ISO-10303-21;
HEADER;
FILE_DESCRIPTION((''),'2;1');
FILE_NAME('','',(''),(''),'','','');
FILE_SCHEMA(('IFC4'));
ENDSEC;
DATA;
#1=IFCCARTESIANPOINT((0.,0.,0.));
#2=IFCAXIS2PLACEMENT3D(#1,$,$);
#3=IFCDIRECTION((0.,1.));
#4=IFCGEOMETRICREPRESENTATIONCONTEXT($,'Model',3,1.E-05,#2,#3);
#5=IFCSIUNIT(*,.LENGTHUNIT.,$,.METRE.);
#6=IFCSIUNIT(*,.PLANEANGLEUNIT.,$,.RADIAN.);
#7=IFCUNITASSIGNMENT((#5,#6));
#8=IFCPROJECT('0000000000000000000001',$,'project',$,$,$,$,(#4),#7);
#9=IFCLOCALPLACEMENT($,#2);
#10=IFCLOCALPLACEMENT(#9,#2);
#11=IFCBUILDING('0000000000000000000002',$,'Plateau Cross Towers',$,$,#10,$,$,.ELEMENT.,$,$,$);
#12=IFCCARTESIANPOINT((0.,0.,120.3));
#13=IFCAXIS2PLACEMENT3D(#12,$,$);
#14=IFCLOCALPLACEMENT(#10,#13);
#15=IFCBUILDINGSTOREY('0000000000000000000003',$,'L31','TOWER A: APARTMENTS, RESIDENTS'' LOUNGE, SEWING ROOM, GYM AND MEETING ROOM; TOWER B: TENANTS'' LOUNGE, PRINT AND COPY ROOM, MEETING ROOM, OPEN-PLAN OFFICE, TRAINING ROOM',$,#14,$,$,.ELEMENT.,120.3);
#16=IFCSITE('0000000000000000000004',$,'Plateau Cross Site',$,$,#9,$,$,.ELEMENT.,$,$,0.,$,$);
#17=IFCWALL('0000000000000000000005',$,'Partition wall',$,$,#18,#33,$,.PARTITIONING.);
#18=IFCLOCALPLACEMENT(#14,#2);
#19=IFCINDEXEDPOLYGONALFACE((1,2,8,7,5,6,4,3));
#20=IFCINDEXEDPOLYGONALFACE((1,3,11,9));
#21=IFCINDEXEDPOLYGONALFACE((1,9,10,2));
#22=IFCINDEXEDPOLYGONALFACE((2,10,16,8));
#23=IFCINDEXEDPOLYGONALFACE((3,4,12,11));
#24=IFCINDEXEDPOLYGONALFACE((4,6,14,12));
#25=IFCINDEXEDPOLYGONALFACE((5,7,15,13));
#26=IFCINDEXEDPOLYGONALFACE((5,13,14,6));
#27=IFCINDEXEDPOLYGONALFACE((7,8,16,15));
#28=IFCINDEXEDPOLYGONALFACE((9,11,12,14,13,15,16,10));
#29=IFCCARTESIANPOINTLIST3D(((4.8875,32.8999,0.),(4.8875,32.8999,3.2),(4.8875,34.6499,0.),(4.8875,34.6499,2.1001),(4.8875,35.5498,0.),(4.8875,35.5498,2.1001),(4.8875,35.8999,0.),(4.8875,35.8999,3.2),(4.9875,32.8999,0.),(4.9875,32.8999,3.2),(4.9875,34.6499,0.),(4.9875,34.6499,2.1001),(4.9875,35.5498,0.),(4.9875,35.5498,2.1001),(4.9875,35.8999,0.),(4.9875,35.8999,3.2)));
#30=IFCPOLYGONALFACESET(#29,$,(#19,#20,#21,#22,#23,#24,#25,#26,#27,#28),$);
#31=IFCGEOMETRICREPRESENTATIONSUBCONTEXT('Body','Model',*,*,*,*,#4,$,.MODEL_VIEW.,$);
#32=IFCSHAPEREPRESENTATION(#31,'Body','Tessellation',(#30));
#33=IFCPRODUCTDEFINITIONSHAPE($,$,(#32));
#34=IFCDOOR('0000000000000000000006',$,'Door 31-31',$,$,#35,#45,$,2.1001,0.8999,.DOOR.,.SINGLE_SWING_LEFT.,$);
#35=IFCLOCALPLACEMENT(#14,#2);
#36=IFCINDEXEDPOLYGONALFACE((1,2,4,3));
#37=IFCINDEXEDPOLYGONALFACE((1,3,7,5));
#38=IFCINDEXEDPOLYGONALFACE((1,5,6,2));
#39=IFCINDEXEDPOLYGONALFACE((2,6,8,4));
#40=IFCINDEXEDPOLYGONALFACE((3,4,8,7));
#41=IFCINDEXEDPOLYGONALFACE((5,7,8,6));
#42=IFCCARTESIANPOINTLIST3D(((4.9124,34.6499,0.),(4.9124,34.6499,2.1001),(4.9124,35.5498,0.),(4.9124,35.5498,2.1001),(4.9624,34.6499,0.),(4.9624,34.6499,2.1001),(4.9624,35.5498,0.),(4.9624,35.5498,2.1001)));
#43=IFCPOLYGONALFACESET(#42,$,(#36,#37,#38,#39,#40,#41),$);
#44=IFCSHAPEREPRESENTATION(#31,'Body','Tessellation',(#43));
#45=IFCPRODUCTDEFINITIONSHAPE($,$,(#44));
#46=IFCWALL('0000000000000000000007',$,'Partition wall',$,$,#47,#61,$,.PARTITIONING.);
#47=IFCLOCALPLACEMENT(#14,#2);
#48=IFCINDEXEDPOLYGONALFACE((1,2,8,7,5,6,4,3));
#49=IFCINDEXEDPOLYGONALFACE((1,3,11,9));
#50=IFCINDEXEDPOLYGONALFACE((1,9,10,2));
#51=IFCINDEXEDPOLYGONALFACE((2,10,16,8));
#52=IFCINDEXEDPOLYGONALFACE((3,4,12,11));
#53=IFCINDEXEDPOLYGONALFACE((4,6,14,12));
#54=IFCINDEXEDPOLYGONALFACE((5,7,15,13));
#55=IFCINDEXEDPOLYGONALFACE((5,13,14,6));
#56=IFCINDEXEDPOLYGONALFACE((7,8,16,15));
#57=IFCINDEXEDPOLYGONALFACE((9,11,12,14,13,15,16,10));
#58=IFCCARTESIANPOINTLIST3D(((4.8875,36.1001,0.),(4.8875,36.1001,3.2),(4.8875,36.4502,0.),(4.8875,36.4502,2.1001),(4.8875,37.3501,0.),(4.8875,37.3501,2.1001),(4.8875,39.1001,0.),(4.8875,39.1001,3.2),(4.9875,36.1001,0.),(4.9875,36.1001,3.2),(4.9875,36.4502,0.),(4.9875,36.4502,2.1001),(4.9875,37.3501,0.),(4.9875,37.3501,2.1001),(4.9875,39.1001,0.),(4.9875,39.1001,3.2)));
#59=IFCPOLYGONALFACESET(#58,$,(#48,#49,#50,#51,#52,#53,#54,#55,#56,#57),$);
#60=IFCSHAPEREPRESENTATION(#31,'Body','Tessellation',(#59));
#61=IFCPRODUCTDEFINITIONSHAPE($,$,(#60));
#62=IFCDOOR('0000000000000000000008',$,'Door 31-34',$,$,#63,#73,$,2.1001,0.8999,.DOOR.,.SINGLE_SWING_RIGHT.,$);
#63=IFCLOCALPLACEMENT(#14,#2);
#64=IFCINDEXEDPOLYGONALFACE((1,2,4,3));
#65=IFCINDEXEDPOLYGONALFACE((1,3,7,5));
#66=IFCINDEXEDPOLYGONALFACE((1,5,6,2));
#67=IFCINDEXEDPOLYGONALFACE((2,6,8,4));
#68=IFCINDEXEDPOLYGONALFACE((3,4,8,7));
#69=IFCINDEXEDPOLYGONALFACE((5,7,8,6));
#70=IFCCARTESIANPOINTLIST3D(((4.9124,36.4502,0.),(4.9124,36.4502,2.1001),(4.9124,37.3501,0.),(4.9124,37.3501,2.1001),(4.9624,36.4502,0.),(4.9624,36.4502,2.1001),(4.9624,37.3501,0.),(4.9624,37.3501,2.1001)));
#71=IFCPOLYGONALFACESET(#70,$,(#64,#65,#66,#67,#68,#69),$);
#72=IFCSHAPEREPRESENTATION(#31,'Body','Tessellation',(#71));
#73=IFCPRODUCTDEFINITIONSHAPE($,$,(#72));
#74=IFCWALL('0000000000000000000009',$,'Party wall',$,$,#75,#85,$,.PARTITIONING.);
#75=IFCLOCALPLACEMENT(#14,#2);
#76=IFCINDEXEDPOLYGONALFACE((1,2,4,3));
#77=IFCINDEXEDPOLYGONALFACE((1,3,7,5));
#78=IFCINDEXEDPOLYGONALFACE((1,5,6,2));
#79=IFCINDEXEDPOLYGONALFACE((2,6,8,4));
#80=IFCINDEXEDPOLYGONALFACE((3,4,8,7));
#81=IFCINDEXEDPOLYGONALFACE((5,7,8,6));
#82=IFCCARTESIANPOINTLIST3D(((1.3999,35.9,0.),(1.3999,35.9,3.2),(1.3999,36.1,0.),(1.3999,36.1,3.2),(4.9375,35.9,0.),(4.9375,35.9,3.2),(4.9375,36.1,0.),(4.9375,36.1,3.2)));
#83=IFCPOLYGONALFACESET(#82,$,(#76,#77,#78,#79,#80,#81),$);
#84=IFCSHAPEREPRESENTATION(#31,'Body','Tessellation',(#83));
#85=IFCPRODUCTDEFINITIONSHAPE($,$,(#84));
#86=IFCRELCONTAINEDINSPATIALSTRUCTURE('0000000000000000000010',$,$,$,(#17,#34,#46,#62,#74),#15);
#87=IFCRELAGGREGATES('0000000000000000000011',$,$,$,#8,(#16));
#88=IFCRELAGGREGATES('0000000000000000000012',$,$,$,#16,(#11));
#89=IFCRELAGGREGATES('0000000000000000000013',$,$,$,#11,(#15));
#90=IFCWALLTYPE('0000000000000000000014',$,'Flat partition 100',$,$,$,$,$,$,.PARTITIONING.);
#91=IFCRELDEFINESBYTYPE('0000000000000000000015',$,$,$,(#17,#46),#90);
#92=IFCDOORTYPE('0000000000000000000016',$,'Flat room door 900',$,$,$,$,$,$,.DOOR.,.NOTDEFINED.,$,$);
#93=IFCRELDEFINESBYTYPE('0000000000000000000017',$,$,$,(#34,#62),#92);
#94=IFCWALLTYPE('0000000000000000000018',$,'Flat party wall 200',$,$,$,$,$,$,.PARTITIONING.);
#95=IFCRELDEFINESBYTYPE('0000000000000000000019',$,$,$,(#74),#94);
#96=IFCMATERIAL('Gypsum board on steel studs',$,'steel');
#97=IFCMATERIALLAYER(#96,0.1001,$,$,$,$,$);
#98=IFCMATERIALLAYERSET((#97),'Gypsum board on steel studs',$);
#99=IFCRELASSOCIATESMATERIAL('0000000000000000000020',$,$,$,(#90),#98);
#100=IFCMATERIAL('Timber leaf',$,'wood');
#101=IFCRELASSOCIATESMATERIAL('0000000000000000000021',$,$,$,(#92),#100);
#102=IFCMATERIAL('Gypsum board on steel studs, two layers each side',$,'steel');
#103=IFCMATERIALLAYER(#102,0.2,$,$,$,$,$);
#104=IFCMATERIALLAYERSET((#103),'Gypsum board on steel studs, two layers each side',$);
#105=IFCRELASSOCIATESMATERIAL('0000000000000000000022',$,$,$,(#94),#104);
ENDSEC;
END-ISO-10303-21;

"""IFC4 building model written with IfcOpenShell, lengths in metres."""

from ifc_helpers import new_model, si_unit, direction, frame, frame_2d, origin, place, context, subcontext, project, spatial, rectangle, extrude, material, layer, layer_set, type_object, element, fill, save


model = new_model("IFC4")

# Units and contexts
model_context = context("Model", 3, precision=1e-05, world=origin(), true_north=direction((0.0, 1.0)))
body_context = subcontext(model_context, "Body", "Model", "MODEL_VIEW")
ifc_project = project(units=[si_unit("LENGTHUNIT", "METRE"), si_unit("PLANEANGLEUNIT", "RADIAN")], contexts=[model_context])

# Site, building, storey
site_placement = place(None, origin())
site = spatial("IfcSite", under=ifc_project, at=site_placement, Name="Plateau Cross Site", CompositionType="ELEMENT", RefElevation=0.0)
building_placement = place(site_placement, origin())
building = spatial("IfcBuilding", under=site, at=building_placement, Name="Plateau Cross Towers", CompositionType="ELEMENT")
storey_placement = place(building_placement, frame((0.0, 0.0, 120.3)))
storey = spatial("IfcBuildingStorey", under=building, at=storey_placement, Name="L31", Description="TOWER A: APARTMENTS, RESIDENTS' LOUNGE, SEWING ROOM, GYM AND MEETING ROOM; TOWER B: TENANTS' LOUNGE, PRINT AND COPY ROOM, MEETING ROOM, OPEN-PLAN OFFICE, TRAINING ROOM", CompositionType="ELEMENT", Elevation=120.3)

# Shared definitions
ifc_material_1 = material(Name="Gypsum board on steel studs", Category="steel")
ifc_layer_1 = layer(ifc_material_1, 0.1001)
ifc_layer_set_1 = layer_set([ifc_layer_1], Name="Gypsum board on steel studs")
wall_type_1 = type_object("IfcWallType", Name="Flat partition 100", PredefinedType="PARTITIONING", material=ifc_layer_set_1)
ifc_material_2 = material(Name="Timber leaf", Category="wood")
door_type_1 = type_object("IfcDoorType", Name="Flat room door 900", OperationType="NOTDEFINED", PredefinedType="DOOR", material=ifc_material_2)

# Walls, openings, doors
wall_1_placement = place(storey_placement, frame((4.9375, 35.8999, 0.0), z_axis=(0.0, 0.0, 1.0), x_axis=(0.0, -1.0, 0.0)))
wall_1 = element("IfcWall", 1, at=wall_1_placement, inside=storey, type_object=wall_type_1, Name="Partition wall", PredefinedType="PARTITIONING", context=body_context, shape_type="SweptSolid", body=[
    extrude(rectangle(XDim=3.0, YDim=0.1001, at=frame_2d((1.5, 0.0))), origin(), (0.0, 0.0, 1.0), 3.2),
])
opening_1_placement = place(wall_1_placement, frame((0.3501, 0.0, 0.0)))
opening_1 = element("IfcOpeningElement", 2, at=opening_1_placement, cuts=wall_1, PredefinedType="OPENING", context=body_context, shape_type="SweptSolid", body=[
    extrude(rectangle(XDim=0.8999, YDim=2.1001, at=frame_2d((0.45, 1.05))), frame((0.0, 0.0601, 0.0), z_axis=(0.0, -1.0, 0.0), x_axis=(1.0, 0.0, 0.0)), (0.0, 0.0, 1.0), 0.1201),
])
door_1_placement = place(opening_1_placement, origin())
door_1 = element("IfcDoor", 3, at=door_1_placement, inside=storey, type_object=door_type_1, Name="Door 31-31", OperationType="SINGLE_SWING_LEFT", OverallHeight=2.1001, OverallWidth=0.8999, PredefinedType="DOOR", context=body_context, shape_type="SweptSolid", body=[
    extrude(rectangle(XDim=0.8999, YDim=2.1001, at=frame_2d((0.45, 1.05))), frame((0.0, 0.0249, 0.0), z_axis=(0.0, -1.0, 0.0), x_axis=(1.0, 0.0, 0.0)), (0.0, 0.0, 1.0), 0.05),
])
fill(opening_1, door_1)
wall_2_placement = place(storey_placement, frame((4.9375, 39.1001, 0.0), z_axis=(0.0, 0.0, 1.0), x_axis=(0.0, -1.0, 0.0)))
wall_2 = element("IfcWall", 4, at=wall_2_placement, inside=storey, type_object=wall_type_1, Name="Partition wall", PredefinedType="PARTITIONING", context=body_context, shape_type="SweptSolid", body=[
    extrude(rectangle(XDim=3.0, YDim=0.1001, at=frame_2d((1.5, 0.0))), origin(), (0.0, 0.0, 1.0), 3.2),
])
opening_2_placement = place(wall_2_placement, frame((1.75, 0.0, 0.0)))
opening_2 = element("IfcOpeningElement", 5, at=opening_2_placement, cuts=wall_2, PredefinedType="OPENING", context=body_context, shape_type="SweptSolid", body=[
    extrude(rectangle(XDim=0.8999, YDim=2.1001, at=frame_2d((0.45, 1.05))), frame((0.0, 0.0601, 0.0), z_axis=(0.0, -1.0, 0.0), x_axis=(1.0, 0.0, 0.0)), (0.0, 0.0, 1.0), 0.1201),
])
door_2_placement = place(opening_2_placement, origin())
door_2 = element("IfcDoor", 6, at=door_2_placement, inside=storey, type_object=door_type_1, Name="Door 31-34", OperationType="SINGLE_SWING_RIGHT", OverallHeight=2.1001, OverallWidth=0.8999, PredefinedType="DOOR", context=body_context, shape_type="SweptSolid", body=[
    extrude(rectangle(XDim=0.8999, YDim=2.1001, at=frame_2d((0.45, 1.05))), frame((0.0, 0.0249, 0.0), z_axis=(0.0, -1.0, 0.0), x_axis=(1.0, 0.0, 0.0)), (0.0, 0.0, 1.0), 0.05),
])
fill(opening_2, door_2)

# Wall
ifc_material_3 = material(Name="Gypsum board on steel studs, two layers each side", Category="steel")
ifc_layer_2 = layer(ifc_material_3, 0.2)
ifc_layer_set_2 = layer_set([ifc_layer_2], Name="Gypsum board on steel studs, two layers each side")
wall_type_2 = type_object("IfcWallType", Name="Flat party wall 200", PredefinedType="PARTITIONING", material=ifc_layer_set_2)
wall_3_placement = place(storey_placement, frame((1.3999, 36.0, 0.0), z_axis=(0.0, 0.0, 1.0), x_axis=(1.0, 0.0, 0.0)))
element("IfcWall", 7, at=wall_3_placement, inside=storey, type_object=wall_type_2, Name="Party wall", PredefinedType="PARTITIONING", context=body_context, shape_type="SweptSolid", body=[
    extrude(rectangle(XDim=3.5376, YDim=0.2, at=frame_2d((1.7688, 0.0))), origin(), (0.0, 0.0, 1.0), 3.2),
])

save(model, "model.ifc")
